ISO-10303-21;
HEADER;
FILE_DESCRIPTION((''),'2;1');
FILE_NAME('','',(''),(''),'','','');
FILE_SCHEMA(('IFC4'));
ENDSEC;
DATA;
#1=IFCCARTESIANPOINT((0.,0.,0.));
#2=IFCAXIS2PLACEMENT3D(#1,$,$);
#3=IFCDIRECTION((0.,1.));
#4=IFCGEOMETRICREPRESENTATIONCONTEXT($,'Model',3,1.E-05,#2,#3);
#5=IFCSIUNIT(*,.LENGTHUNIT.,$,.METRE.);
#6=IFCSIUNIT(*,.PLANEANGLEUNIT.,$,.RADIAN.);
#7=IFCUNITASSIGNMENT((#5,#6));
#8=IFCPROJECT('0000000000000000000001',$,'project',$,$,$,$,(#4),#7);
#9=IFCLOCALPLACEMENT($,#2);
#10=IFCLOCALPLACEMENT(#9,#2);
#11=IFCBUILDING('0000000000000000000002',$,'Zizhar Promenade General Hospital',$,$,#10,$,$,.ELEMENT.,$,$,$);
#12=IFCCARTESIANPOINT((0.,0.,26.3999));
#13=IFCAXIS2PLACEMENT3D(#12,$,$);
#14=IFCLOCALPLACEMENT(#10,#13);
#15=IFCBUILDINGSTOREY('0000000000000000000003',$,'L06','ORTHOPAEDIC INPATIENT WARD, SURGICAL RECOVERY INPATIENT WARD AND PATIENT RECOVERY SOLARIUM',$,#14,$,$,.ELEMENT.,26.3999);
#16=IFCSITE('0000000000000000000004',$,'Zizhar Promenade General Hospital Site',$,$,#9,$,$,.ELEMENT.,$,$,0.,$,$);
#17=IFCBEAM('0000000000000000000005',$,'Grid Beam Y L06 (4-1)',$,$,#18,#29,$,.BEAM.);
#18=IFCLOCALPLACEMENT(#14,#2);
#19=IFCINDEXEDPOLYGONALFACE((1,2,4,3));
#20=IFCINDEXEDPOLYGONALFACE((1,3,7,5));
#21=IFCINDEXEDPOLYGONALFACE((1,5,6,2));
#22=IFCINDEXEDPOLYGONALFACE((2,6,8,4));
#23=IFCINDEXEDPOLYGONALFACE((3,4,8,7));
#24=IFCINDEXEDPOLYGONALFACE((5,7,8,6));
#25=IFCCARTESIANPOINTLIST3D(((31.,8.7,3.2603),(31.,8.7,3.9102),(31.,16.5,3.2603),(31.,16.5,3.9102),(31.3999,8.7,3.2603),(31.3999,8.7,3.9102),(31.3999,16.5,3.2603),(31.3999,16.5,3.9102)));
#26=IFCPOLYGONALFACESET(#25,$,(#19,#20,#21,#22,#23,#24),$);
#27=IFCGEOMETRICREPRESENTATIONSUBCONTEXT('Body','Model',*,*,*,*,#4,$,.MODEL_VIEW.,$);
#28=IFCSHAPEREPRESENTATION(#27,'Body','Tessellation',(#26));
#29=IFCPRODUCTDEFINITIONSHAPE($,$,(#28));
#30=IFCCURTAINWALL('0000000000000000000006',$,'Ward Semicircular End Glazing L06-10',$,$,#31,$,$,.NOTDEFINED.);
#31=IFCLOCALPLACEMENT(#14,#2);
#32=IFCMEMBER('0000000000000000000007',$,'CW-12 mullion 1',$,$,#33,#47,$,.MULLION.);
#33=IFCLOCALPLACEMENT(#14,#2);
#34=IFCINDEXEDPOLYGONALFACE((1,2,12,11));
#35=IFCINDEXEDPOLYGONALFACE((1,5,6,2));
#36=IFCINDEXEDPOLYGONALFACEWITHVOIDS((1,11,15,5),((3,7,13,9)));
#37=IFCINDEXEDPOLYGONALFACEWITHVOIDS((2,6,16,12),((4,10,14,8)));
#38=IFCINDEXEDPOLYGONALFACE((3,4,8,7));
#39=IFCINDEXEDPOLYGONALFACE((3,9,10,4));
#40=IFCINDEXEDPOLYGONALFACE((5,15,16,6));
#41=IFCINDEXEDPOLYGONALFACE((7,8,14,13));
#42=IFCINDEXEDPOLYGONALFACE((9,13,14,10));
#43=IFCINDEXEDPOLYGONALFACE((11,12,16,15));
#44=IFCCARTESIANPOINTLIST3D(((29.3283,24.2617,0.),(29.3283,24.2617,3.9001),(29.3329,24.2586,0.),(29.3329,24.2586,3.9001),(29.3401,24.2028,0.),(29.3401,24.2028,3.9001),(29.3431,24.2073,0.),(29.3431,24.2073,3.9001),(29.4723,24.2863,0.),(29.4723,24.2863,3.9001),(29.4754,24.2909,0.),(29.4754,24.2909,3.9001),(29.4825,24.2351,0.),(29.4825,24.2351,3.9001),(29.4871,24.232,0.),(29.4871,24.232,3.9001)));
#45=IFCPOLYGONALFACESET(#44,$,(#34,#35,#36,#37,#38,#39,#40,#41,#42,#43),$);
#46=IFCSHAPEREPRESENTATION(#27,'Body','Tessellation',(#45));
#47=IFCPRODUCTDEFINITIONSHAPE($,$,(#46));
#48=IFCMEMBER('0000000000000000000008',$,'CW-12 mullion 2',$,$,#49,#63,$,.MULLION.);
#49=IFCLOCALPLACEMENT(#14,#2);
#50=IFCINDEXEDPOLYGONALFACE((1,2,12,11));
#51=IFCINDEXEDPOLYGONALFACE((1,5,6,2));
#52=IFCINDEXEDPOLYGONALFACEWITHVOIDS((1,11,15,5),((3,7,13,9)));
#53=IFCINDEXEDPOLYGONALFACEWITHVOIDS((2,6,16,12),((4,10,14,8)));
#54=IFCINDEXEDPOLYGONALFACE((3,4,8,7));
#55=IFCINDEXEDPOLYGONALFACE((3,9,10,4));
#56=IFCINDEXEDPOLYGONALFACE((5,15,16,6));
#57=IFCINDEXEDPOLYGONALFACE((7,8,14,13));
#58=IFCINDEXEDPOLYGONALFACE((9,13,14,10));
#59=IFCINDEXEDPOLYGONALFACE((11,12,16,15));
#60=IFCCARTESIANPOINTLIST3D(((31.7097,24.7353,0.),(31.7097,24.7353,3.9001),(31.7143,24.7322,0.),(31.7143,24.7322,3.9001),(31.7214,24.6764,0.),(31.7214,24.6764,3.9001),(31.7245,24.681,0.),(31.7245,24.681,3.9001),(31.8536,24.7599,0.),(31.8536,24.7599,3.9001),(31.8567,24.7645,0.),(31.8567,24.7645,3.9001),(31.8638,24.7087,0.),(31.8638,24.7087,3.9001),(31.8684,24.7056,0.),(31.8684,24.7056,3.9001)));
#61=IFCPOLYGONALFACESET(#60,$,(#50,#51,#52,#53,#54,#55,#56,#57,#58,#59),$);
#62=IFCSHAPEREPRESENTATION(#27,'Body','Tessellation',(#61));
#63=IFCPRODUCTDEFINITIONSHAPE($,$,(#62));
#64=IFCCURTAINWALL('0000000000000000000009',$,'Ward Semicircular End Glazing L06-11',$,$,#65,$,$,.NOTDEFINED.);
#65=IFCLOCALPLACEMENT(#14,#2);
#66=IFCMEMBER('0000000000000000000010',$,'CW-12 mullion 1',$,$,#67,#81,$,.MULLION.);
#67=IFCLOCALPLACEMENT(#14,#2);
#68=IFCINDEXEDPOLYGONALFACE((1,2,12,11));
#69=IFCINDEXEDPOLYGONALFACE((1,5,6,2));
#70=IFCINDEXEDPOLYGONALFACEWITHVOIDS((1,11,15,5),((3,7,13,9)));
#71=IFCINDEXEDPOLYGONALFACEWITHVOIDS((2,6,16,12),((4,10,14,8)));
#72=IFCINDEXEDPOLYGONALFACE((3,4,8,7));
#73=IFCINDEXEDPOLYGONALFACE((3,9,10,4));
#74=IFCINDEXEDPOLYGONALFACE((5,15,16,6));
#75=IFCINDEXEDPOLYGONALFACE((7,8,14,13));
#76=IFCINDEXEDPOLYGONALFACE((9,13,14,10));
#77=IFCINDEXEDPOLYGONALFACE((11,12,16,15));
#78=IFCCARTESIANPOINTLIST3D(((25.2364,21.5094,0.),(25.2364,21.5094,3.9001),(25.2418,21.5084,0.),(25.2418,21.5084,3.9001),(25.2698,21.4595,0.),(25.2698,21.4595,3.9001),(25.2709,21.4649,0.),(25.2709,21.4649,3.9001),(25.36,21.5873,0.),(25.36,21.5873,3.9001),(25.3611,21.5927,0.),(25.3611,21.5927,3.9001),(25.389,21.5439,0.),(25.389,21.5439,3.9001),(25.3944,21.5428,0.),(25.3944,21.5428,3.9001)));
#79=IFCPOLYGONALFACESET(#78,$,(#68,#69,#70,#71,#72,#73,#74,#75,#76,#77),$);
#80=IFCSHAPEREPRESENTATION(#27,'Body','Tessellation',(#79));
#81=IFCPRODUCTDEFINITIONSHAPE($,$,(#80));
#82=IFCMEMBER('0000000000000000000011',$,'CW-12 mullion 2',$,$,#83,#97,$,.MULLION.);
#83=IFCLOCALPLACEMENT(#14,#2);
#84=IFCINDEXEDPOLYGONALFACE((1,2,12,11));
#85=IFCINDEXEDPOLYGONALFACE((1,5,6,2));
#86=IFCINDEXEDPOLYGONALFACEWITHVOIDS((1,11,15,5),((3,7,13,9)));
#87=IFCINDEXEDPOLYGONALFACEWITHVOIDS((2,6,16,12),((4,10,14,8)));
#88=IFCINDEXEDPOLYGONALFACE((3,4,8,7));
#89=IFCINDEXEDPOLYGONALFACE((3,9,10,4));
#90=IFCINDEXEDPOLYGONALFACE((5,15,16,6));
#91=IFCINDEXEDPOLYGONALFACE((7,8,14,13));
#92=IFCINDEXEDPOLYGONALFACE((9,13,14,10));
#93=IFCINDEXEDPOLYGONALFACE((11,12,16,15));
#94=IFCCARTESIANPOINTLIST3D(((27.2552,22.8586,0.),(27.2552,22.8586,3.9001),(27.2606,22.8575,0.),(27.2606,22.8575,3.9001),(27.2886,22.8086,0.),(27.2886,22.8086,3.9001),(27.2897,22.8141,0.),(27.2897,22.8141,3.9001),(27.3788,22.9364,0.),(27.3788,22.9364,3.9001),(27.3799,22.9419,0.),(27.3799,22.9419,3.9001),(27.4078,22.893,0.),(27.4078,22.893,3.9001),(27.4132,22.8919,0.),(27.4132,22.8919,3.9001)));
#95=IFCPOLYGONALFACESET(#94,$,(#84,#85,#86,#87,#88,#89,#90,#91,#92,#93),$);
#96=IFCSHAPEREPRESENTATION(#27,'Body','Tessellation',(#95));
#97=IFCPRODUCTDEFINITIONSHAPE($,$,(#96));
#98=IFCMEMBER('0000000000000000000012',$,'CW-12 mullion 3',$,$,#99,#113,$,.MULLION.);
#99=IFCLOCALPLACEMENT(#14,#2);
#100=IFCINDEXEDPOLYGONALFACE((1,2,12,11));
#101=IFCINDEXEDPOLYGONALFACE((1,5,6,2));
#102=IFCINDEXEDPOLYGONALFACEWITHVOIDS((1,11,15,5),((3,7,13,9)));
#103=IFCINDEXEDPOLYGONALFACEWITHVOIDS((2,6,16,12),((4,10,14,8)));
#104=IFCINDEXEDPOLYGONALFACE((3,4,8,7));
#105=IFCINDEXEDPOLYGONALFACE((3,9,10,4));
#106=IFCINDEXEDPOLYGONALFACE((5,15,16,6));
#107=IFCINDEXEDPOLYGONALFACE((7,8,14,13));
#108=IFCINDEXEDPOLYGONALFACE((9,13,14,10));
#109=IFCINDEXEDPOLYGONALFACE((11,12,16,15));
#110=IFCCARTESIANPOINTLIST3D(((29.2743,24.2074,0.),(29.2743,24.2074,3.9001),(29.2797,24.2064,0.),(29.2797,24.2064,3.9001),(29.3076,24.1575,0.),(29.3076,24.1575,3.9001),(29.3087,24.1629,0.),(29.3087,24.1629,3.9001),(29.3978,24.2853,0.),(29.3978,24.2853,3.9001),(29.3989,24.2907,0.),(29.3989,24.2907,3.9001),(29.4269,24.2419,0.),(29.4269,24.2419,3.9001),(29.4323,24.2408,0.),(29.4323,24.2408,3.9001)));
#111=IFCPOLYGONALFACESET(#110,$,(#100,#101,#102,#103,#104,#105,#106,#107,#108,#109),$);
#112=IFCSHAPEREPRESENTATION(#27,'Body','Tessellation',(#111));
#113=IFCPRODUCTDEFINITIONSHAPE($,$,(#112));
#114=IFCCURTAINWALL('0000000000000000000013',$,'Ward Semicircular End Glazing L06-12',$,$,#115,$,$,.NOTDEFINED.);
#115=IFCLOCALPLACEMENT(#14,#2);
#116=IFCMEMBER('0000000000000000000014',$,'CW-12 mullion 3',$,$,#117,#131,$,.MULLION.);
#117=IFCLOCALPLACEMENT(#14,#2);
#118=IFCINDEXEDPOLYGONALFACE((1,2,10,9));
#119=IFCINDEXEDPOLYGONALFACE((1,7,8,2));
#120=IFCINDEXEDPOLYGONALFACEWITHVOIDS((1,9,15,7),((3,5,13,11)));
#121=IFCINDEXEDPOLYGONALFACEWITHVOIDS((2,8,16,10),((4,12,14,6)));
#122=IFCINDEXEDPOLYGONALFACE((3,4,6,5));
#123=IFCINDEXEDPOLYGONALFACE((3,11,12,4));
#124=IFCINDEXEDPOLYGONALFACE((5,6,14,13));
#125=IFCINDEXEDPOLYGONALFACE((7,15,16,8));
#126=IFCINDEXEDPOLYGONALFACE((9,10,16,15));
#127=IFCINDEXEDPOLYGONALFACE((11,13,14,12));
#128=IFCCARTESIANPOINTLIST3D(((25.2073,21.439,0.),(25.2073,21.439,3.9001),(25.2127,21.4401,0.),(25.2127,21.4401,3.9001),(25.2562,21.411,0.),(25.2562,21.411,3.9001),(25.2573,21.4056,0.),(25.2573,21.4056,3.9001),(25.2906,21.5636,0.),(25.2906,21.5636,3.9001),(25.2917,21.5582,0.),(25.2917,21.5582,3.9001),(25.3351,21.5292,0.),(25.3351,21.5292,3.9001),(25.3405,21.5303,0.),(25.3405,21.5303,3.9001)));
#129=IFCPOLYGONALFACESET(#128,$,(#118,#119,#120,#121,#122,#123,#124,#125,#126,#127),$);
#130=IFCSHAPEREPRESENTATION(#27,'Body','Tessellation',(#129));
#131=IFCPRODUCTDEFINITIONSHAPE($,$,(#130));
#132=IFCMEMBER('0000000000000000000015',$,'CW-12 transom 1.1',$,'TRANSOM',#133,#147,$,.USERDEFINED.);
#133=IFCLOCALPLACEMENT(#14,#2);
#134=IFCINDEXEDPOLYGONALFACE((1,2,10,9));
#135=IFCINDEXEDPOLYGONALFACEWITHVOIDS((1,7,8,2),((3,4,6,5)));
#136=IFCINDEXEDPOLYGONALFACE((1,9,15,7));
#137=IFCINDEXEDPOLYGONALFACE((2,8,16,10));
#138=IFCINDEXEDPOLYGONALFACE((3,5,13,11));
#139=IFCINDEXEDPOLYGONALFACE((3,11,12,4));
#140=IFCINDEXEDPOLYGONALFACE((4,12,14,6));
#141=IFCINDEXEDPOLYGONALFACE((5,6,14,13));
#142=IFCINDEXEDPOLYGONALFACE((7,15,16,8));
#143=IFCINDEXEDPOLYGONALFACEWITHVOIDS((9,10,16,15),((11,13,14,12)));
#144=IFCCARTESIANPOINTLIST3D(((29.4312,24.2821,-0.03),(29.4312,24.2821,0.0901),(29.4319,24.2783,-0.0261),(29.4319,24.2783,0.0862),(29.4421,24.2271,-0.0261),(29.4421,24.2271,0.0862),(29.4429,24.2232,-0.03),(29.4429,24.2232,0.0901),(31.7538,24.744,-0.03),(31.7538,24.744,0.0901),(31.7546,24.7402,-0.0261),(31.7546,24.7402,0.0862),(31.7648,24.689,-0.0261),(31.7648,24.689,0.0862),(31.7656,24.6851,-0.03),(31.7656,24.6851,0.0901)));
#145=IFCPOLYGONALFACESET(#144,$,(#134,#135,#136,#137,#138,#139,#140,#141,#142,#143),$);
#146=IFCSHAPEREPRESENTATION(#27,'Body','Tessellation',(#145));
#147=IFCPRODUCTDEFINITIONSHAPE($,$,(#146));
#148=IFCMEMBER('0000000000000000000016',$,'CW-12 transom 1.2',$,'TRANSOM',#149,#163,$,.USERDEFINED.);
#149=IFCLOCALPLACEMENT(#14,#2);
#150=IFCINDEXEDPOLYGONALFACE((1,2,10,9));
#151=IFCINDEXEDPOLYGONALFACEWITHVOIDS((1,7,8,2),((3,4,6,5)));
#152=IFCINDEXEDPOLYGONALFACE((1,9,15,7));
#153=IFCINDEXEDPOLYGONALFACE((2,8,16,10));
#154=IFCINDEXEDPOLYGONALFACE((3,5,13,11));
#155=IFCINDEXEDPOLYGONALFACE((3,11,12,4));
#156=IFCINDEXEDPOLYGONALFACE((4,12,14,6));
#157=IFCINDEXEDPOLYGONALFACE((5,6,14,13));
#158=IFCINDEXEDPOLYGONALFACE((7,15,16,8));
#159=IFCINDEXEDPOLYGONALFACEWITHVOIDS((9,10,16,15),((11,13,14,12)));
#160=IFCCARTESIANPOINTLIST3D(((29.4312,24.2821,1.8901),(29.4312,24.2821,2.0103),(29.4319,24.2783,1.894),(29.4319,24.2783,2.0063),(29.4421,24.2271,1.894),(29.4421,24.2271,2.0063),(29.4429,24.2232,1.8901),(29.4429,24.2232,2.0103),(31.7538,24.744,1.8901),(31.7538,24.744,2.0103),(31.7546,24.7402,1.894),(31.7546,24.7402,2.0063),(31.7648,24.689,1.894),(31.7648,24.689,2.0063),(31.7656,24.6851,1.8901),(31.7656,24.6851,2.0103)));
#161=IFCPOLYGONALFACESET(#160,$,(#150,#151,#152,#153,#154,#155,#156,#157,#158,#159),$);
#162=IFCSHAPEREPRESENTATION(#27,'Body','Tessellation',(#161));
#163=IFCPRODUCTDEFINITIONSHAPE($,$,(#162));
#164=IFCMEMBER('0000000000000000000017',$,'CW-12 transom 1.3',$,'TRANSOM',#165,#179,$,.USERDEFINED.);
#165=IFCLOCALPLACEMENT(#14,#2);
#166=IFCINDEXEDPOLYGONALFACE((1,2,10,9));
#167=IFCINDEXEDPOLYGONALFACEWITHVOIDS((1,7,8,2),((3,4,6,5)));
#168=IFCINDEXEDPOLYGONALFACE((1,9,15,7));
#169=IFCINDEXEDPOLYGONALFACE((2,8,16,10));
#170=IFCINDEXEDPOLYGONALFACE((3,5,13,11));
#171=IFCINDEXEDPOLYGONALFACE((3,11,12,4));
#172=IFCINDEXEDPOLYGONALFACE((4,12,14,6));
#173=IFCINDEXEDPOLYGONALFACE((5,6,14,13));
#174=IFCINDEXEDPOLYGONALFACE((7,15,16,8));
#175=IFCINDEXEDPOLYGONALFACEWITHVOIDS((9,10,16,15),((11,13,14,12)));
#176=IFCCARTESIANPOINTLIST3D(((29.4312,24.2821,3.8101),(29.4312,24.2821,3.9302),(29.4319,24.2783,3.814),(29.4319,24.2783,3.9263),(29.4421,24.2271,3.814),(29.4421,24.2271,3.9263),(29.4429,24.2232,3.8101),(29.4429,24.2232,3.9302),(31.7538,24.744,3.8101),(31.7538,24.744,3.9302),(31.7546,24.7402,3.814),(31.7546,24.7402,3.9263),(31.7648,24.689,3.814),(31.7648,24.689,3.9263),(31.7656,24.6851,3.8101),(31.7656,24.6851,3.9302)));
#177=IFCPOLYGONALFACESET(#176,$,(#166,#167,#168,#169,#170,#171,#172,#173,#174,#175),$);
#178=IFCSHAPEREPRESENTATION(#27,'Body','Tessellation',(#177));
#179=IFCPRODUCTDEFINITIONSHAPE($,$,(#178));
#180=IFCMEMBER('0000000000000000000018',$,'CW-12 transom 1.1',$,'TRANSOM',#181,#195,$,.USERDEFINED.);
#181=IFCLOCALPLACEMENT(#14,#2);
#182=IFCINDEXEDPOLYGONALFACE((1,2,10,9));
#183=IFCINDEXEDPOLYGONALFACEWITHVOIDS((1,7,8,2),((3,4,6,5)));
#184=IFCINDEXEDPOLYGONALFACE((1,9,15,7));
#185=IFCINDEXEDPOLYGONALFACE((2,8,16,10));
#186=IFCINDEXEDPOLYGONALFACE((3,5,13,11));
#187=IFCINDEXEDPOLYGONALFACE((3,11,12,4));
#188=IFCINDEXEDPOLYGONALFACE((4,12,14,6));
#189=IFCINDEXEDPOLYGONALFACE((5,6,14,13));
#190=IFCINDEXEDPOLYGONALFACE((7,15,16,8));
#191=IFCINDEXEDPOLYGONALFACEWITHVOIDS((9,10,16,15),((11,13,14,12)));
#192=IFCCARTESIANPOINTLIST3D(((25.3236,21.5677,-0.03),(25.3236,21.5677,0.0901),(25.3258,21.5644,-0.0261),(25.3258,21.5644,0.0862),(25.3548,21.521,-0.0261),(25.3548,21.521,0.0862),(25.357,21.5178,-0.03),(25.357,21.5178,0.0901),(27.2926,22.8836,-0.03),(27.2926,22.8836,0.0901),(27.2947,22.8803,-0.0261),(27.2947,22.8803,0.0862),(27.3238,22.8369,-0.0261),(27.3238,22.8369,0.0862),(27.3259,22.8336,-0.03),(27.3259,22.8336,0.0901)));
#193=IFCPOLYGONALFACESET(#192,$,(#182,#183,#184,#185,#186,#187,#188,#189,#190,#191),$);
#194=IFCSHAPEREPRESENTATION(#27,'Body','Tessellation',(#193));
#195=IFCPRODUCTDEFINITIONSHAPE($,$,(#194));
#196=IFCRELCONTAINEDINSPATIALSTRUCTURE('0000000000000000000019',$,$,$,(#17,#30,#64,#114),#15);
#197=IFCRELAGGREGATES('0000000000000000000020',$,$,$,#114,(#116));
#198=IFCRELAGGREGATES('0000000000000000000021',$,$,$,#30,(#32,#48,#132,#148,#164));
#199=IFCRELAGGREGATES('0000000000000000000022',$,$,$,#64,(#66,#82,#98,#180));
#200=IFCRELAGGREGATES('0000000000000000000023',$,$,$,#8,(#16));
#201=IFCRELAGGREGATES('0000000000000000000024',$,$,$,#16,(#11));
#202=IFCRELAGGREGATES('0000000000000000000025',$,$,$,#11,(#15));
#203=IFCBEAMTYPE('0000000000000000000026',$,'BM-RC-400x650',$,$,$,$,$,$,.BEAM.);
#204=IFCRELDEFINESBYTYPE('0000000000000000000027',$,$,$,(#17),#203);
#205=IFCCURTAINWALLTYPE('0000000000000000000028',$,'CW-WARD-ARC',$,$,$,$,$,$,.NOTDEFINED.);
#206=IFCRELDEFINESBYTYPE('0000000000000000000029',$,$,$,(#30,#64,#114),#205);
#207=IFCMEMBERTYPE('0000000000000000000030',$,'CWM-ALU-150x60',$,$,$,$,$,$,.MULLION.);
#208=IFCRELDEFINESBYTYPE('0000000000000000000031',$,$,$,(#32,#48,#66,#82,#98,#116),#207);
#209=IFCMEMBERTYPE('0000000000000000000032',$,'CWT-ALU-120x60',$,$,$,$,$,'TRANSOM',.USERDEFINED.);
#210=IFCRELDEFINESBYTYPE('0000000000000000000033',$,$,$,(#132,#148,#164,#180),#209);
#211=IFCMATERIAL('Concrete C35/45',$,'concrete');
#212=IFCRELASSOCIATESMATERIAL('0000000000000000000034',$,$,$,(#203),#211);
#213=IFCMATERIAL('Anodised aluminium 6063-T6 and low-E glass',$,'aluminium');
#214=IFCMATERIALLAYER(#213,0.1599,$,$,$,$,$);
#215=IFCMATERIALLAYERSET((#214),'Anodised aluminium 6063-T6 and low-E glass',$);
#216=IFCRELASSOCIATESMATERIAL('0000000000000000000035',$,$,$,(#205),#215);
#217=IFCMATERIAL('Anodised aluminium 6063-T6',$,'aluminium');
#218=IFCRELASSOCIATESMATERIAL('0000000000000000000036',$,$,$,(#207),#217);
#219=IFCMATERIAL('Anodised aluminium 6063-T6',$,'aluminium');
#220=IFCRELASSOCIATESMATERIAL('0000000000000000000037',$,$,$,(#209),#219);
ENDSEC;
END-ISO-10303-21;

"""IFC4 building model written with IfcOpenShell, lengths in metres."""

from ifc_helpers import new_model, si_unit, direction, frame, origin, origin_2d, place, context, subcontext, project, spatial, rectangle, hollow_rectangle, extrude, material, layer, layer_set, material_profile, profile_set, type_object, element, aggregate, save


model = new_model("IFC4")

# Units and contexts
model_context = context("Model", 3, precision=1e-05, world=origin(), true_north=direction((0.0, 1.0)))
body_context = subcontext(model_context, "Body", "Model", "MODEL_VIEW")
ifc_project = project(units=[si_unit("LENGTHUNIT", "METRE"), si_unit("PLANEANGLEUNIT", "RADIAN")], contexts=[model_context])

# Site, building, storey
site_placement = place(None, origin())
site = spatial("IfcSite", under=ifc_project, at=site_placement, Name="Zizhar Promenade General Hospital Site", CompositionType="ELEMENT", RefElevation=0.0)
building_placement = place(site_placement, origin())
building = spatial("IfcBuilding", under=site, at=building_placement, Name="Zizhar Promenade General Hospital", CompositionType="ELEMENT")
storey_placement = place(building_placement, frame((0.0, 0.0, 26.3999)))
storey = spatial("IfcBuildingStorey", under=building, at=storey_placement, Name="L06", Description="ORTHOPAEDIC INPATIENT WARD, SURGICAL RECOVERY INPATIENT WARD AND PATIENT RECOVERY SOLARIUM", CompositionType="ELEMENT", Elevation=26.3999)

# Beam
ifc_material_1 = material(Name="Concrete C35/45", Category="concrete")
ifc_material_profile_1 = material_profile(ifc_material_1, rectangle(XDim=0.3999, YDim=0.6499, at=origin_2d()))
ifc_profile_set_1 = profile_set([ifc_material_profile_1], Name="Concrete C35/45")
beam_type_1 = type_object("IfcBeamType", Name="BM-RC-400x650", PredefinedType="BEAM", material=ifc_profile_set_1)
beam_1_placement = place(storey_placement, frame((31.2, 8.7, 3.5852), z_axis=(0.0, 1.0, 0.0), x_axis=(-1.0, 0.0, 0.0)))
element("IfcBeam", 1, at=beam_1_placement, inside=storey, type_object=beam_type_1, Name="Grid Beam Y L06 (4-1)", PredefinedType="BEAM", context=body_context, shape_type="SweptSolid", body=[
    extrude(rectangle(XDim=0.3999, YDim=0.6499, at=origin_2d()), origin(), (0.0, 0.0, 1.0), 7.8),
])

# Curtain walls, members
ifc_material_2 = material(Name="Anodised aluminium 6063-T6 and low-E glass", Category="aluminium")
ifc_layer_1 = layer(ifc_material_2, 0.1599)
ifc_layer_set_1 = layer_set([ifc_layer_1], Name="Anodised aluminium 6063-T6 and low-E glass")
curtain_wall_type = type_object("IfcCurtainWallType", Name="CW-WARD-ARC", PredefinedType="NOTDEFINED", material=ifc_layer_set_1)
curtain_wall_1_placement = place(storey_placement, origin())
curtain_wall_1 = element("IfcCurtainWall", 2, at=curtain_wall_1_placement, inside=storey, type_object=curtain_wall_type, Name="Ward Semicircular End Glazing L06-10", PredefinedType="NOTDEFINED")
ifc_material_3 = material(Name="Anodised aluminium 6063-T6", Category="aluminium")
ifc_material_profile_2 = material_profile(ifc_material_3, hollow_rectangle(XDim=0.0601, YDim=0.1499, WallThickness=0.0039, at=origin_2d()))
ifc_profile_set_2 = profile_set([ifc_material_profile_2], Name="Anodised aluminium 6063-T6")
member_type_1 = type_object("IfcMemberType", Name="CWM-ALU-150x60", PredefinedType="MULLION", material=ifc_profile_set_2)
member_1_placement = place(storey_placement, frame((29.4077, 24.2468, 0.0), z_axis=(0.0, 0.0, 1.0), x_axis=(-0.195087, 0.980786, 0.0)))
member_1 = element("IfcMember", 3, at=member_1_placement, type_object=member_type_1, Name="CW-12 mullion 1", PredefinedType="MULLION", context=body_context, shape_type="SweptSolid", body=[
    extrude(hollow_rectangle(XDim=0.0601, YDim=0.1499, WallThickness=0.0039, at=origin_2d()), origin(), (0.0, 0.0, 1.0), 3.9001),
])
member_2_placement = place(storey_placement, frame((31.7891, 24.7205, 0.0), z_axis=(0.0, 0.0, 1.0), x_axis=(-0.195087, 0.980786, 0.0)))
member_2 = element("IfcMember", 4, at=member_2_placement, type_object=member_type_1, Name="CW-12 mullion 2", PredefinedType="MULLION", context=body_context, shape_type="SweptSolid", body=[
    extrude(hollow_rectangle(XDim=0.0601, YDim=0.1499, WallThickness=0.0039, at=origin_2d()), origin(), (0.0, 0.0, 1.0), 3.9001),
])
curtain_wall_2_placement = place(storey_placement, origin())
curtain_wall_2 = element("IfcCurtainWall", 5, at=curtain_wall_2_placement, inside=storey, type_object=curtain_wall_type, Name="Ward Semicircular End Glazing L06-11", PredefinedType="NOTDEFINED")
member_3_placement = place(storey_placement, frame((25.3154, 21.5261, 0.0), z_axis=(0.0, 0.0, 1.0), x_axis=(-0.555582, 0.831462, 0.0)))
member_3 = element("IfcMember", 6, at=member_3_placement, type_object=member_type_1, Name="CW-12 mullion 1", PredefinedType="MULLION", context=body_context, shape_type="SweptSolid", body=[
    extrude(hollow_rectangle(XDim=0.0601, YDim=0.1499, WallThickness=0.0039, at=origin_2d()), origin(), (0.0, 0.0, 1.0), 3.9001),
])
member_4_placement = place(storey_placement, frame((27.3342, 22.8752, 0.0), z_axis=(0.0, 0.0, 1.0), x_axis=(-0.555582, 0.831462, 0.0)))
member_4 = element("IfcMember", 7, at=member_4_placement, type_object=member_type_1, Name="CW-12 mullion 2", PredefinedType="MULLION", context=body_context, shape_type="SweptSolid", body=[
    extrude(hollow_rectangle(XDim=0.0601, YDim=0.1499, WallThickness=0.0039, at=origin_2d()), origin(), (0.0, 0.0, 1.0), 3.9001),
])
member_5_placement = place(storey_placement, frame((29.3533, 24.2241, 0.0), z_axis=(0.0, 0.0, 1.0), x_axis=(-0.555582, 0.831462, 0.0)))
member_5 = element("IfcMember", 8, at=member_5_placement, type_object=member_type_1, Name="CW-12 mullion 3", PredefinedType="MULLION", context=body_context, shape_type="SweptSolid", body=[
    extrude(hollow_rectangle(XDim=0.0601, YDim=0.1499, WallThickness=0.0039, at=origin_2d()), origin(), (0.0, 0.0, 1.0), 3.9001),
])

# Curtain wall, member
curtain_wall_3_placement = place(storey_placement, origin())
curtain_wall_3 = element("IfcCurtainWall", 9, at=curtain_wall_3_placement, inside=storey, type_object=curtain_wall_type, Name="Ward Semicircular End Glazing L06-12", PredefinedType="NOTDEFINED")
member_6_placement = place(storey_placement, frame((25.2739, 21.4846, 0.0), z_axis=(0.0, 0.0, 1.0), x_axis=(-0.831462, 0.555582, 0.0)))
member_6 = element("IfcMember", 10, at=member_6_placement, type_object=member_type_1, Name="CW-12 mullion 3", PredefinedType="MULLION", context=body_context, shape_type="SweptSolid", body=[
    extrude(hollow_rectangle(XDim=0.0601, YDim=0.1499, WallThickness=0.0039, at=origin_2d()), origin(), (0.0, 0.0, 1.0), 3.9001),
])
aggregate(curtain_wall_3, [member_6])

# Members
ifc_material_4 = material(Name="Anodised aluminium 6063-T6", Category="aluminium")
ifc_material_profile_3 = material_profile(ifc_material_4, hollow_rectangle(XDim=0.0601, YDim=0.1201, WallThickness=0.0039, at=origin_2d()))
ifc_profile_set_3 = profile_set([ifc_material_profile_3], Name="Anodised aluminium 6063-T6")
member_type_2 = type_object("IfcMemberType", Name="CWT-ALU-120x60", ElementType="TRANSOM", PredefinedType="USERDEFINED", material=ifc_profile_set_3)
member_7_placement = place(storey_placement, frame((29.437, 24.2527, 0.03), z_axis=(0.980794, 0.195045, 0.0), x_axis=(-0.195045, 0.980794, 0.0)))
member_7 = element("IfcMember", 11, at=member_7_placement, type_object=member_type_2, Name="CW-12 transom 1.1", ObjectType="TRANSOM", PredefinedType="USERDEFINED", context=body_context, shape_type="SweptSolid", body=[
    extrude(hollow_rectangle(XDim=0.0601, YDim=0.1201, WallThickness=0.0039, at=origin_2d()), origin(), (0.0, 0.0, 1.0), 2.3682),
])
member_8_placement = place(storey_placement, frame((29.437, 24.2527, 1.9502), z_axis=(0.980794, 0.195045, 0.0), x_axis=(-0.195045, 0.980794, 0.0)))
member_8 = element("IfcMember", 12, at=member_8_placement, type_object=member_type_2, Name="CW-12 transom 1.2", ObjectType="TRANSOM", PredefinedType="USERDEFINED", context=body_context, shape_type="SweptSolid", body=[
    extrude(hollow_rectangle(XDim=0.0601, YDim=0.1201, WallThickness=0.0039, at=origin_2d()), origin(), (0.0, 0.0, 1.0), 2.3682),
])
member_9_placement = place(storey_placement, frame((29.437, 24.2527, 3.8701), z_axis=(0.980794, 0.195045, 0.0), x_axis=(-0.195045, 0.980794, 0.0)))
member_9 = element("IfcMember", 13, at=member_9_placement, type_object=member_type_2, Name="CW-12 transom 1.3", ObjectType="TRANSOM", PredefinedType="USERDEFINED", context=body_context, shape_type="SweptSolid", body=[
    extrude(hollow_rectangle(XDim=0.0601, YDim=0.1201, WallThickness=0.0039, at=origin_2d()), origin(), (0.0, 0.0, 1.0), 2.3682),
])
member_10_placement = place(storey_placement, frame((25.3403, 21.5427, 0.03), z_axis=(0.831415, 0.555651, 0.0), x_axis=(-0.555651, 0.831415, 0.0)))
member_10 = element("IfcMember", 14, at=member_10_placement, type_object=member_type_2, Name="CW-12 transom 1.1", ObjectType="TRANSOM", PredefinedType="USERDEFINED", context=body_context, shape_type="SweptSolid", body=[
    extrude(hollow_rectangle(XDim=0.0601, YDim=0.1201, WallThickness=0.0039, at=origin_2d()), origin(), (0.0, 0.0, 1.0), 2.3682),
])

aggregate(curtain_wall_1, [member_1, member_2, member_7, member_8, member_9])
aggregate(curtain_wall_2, [member_3, member_4, member_5, member_10])

save(model, "model.ifc")
